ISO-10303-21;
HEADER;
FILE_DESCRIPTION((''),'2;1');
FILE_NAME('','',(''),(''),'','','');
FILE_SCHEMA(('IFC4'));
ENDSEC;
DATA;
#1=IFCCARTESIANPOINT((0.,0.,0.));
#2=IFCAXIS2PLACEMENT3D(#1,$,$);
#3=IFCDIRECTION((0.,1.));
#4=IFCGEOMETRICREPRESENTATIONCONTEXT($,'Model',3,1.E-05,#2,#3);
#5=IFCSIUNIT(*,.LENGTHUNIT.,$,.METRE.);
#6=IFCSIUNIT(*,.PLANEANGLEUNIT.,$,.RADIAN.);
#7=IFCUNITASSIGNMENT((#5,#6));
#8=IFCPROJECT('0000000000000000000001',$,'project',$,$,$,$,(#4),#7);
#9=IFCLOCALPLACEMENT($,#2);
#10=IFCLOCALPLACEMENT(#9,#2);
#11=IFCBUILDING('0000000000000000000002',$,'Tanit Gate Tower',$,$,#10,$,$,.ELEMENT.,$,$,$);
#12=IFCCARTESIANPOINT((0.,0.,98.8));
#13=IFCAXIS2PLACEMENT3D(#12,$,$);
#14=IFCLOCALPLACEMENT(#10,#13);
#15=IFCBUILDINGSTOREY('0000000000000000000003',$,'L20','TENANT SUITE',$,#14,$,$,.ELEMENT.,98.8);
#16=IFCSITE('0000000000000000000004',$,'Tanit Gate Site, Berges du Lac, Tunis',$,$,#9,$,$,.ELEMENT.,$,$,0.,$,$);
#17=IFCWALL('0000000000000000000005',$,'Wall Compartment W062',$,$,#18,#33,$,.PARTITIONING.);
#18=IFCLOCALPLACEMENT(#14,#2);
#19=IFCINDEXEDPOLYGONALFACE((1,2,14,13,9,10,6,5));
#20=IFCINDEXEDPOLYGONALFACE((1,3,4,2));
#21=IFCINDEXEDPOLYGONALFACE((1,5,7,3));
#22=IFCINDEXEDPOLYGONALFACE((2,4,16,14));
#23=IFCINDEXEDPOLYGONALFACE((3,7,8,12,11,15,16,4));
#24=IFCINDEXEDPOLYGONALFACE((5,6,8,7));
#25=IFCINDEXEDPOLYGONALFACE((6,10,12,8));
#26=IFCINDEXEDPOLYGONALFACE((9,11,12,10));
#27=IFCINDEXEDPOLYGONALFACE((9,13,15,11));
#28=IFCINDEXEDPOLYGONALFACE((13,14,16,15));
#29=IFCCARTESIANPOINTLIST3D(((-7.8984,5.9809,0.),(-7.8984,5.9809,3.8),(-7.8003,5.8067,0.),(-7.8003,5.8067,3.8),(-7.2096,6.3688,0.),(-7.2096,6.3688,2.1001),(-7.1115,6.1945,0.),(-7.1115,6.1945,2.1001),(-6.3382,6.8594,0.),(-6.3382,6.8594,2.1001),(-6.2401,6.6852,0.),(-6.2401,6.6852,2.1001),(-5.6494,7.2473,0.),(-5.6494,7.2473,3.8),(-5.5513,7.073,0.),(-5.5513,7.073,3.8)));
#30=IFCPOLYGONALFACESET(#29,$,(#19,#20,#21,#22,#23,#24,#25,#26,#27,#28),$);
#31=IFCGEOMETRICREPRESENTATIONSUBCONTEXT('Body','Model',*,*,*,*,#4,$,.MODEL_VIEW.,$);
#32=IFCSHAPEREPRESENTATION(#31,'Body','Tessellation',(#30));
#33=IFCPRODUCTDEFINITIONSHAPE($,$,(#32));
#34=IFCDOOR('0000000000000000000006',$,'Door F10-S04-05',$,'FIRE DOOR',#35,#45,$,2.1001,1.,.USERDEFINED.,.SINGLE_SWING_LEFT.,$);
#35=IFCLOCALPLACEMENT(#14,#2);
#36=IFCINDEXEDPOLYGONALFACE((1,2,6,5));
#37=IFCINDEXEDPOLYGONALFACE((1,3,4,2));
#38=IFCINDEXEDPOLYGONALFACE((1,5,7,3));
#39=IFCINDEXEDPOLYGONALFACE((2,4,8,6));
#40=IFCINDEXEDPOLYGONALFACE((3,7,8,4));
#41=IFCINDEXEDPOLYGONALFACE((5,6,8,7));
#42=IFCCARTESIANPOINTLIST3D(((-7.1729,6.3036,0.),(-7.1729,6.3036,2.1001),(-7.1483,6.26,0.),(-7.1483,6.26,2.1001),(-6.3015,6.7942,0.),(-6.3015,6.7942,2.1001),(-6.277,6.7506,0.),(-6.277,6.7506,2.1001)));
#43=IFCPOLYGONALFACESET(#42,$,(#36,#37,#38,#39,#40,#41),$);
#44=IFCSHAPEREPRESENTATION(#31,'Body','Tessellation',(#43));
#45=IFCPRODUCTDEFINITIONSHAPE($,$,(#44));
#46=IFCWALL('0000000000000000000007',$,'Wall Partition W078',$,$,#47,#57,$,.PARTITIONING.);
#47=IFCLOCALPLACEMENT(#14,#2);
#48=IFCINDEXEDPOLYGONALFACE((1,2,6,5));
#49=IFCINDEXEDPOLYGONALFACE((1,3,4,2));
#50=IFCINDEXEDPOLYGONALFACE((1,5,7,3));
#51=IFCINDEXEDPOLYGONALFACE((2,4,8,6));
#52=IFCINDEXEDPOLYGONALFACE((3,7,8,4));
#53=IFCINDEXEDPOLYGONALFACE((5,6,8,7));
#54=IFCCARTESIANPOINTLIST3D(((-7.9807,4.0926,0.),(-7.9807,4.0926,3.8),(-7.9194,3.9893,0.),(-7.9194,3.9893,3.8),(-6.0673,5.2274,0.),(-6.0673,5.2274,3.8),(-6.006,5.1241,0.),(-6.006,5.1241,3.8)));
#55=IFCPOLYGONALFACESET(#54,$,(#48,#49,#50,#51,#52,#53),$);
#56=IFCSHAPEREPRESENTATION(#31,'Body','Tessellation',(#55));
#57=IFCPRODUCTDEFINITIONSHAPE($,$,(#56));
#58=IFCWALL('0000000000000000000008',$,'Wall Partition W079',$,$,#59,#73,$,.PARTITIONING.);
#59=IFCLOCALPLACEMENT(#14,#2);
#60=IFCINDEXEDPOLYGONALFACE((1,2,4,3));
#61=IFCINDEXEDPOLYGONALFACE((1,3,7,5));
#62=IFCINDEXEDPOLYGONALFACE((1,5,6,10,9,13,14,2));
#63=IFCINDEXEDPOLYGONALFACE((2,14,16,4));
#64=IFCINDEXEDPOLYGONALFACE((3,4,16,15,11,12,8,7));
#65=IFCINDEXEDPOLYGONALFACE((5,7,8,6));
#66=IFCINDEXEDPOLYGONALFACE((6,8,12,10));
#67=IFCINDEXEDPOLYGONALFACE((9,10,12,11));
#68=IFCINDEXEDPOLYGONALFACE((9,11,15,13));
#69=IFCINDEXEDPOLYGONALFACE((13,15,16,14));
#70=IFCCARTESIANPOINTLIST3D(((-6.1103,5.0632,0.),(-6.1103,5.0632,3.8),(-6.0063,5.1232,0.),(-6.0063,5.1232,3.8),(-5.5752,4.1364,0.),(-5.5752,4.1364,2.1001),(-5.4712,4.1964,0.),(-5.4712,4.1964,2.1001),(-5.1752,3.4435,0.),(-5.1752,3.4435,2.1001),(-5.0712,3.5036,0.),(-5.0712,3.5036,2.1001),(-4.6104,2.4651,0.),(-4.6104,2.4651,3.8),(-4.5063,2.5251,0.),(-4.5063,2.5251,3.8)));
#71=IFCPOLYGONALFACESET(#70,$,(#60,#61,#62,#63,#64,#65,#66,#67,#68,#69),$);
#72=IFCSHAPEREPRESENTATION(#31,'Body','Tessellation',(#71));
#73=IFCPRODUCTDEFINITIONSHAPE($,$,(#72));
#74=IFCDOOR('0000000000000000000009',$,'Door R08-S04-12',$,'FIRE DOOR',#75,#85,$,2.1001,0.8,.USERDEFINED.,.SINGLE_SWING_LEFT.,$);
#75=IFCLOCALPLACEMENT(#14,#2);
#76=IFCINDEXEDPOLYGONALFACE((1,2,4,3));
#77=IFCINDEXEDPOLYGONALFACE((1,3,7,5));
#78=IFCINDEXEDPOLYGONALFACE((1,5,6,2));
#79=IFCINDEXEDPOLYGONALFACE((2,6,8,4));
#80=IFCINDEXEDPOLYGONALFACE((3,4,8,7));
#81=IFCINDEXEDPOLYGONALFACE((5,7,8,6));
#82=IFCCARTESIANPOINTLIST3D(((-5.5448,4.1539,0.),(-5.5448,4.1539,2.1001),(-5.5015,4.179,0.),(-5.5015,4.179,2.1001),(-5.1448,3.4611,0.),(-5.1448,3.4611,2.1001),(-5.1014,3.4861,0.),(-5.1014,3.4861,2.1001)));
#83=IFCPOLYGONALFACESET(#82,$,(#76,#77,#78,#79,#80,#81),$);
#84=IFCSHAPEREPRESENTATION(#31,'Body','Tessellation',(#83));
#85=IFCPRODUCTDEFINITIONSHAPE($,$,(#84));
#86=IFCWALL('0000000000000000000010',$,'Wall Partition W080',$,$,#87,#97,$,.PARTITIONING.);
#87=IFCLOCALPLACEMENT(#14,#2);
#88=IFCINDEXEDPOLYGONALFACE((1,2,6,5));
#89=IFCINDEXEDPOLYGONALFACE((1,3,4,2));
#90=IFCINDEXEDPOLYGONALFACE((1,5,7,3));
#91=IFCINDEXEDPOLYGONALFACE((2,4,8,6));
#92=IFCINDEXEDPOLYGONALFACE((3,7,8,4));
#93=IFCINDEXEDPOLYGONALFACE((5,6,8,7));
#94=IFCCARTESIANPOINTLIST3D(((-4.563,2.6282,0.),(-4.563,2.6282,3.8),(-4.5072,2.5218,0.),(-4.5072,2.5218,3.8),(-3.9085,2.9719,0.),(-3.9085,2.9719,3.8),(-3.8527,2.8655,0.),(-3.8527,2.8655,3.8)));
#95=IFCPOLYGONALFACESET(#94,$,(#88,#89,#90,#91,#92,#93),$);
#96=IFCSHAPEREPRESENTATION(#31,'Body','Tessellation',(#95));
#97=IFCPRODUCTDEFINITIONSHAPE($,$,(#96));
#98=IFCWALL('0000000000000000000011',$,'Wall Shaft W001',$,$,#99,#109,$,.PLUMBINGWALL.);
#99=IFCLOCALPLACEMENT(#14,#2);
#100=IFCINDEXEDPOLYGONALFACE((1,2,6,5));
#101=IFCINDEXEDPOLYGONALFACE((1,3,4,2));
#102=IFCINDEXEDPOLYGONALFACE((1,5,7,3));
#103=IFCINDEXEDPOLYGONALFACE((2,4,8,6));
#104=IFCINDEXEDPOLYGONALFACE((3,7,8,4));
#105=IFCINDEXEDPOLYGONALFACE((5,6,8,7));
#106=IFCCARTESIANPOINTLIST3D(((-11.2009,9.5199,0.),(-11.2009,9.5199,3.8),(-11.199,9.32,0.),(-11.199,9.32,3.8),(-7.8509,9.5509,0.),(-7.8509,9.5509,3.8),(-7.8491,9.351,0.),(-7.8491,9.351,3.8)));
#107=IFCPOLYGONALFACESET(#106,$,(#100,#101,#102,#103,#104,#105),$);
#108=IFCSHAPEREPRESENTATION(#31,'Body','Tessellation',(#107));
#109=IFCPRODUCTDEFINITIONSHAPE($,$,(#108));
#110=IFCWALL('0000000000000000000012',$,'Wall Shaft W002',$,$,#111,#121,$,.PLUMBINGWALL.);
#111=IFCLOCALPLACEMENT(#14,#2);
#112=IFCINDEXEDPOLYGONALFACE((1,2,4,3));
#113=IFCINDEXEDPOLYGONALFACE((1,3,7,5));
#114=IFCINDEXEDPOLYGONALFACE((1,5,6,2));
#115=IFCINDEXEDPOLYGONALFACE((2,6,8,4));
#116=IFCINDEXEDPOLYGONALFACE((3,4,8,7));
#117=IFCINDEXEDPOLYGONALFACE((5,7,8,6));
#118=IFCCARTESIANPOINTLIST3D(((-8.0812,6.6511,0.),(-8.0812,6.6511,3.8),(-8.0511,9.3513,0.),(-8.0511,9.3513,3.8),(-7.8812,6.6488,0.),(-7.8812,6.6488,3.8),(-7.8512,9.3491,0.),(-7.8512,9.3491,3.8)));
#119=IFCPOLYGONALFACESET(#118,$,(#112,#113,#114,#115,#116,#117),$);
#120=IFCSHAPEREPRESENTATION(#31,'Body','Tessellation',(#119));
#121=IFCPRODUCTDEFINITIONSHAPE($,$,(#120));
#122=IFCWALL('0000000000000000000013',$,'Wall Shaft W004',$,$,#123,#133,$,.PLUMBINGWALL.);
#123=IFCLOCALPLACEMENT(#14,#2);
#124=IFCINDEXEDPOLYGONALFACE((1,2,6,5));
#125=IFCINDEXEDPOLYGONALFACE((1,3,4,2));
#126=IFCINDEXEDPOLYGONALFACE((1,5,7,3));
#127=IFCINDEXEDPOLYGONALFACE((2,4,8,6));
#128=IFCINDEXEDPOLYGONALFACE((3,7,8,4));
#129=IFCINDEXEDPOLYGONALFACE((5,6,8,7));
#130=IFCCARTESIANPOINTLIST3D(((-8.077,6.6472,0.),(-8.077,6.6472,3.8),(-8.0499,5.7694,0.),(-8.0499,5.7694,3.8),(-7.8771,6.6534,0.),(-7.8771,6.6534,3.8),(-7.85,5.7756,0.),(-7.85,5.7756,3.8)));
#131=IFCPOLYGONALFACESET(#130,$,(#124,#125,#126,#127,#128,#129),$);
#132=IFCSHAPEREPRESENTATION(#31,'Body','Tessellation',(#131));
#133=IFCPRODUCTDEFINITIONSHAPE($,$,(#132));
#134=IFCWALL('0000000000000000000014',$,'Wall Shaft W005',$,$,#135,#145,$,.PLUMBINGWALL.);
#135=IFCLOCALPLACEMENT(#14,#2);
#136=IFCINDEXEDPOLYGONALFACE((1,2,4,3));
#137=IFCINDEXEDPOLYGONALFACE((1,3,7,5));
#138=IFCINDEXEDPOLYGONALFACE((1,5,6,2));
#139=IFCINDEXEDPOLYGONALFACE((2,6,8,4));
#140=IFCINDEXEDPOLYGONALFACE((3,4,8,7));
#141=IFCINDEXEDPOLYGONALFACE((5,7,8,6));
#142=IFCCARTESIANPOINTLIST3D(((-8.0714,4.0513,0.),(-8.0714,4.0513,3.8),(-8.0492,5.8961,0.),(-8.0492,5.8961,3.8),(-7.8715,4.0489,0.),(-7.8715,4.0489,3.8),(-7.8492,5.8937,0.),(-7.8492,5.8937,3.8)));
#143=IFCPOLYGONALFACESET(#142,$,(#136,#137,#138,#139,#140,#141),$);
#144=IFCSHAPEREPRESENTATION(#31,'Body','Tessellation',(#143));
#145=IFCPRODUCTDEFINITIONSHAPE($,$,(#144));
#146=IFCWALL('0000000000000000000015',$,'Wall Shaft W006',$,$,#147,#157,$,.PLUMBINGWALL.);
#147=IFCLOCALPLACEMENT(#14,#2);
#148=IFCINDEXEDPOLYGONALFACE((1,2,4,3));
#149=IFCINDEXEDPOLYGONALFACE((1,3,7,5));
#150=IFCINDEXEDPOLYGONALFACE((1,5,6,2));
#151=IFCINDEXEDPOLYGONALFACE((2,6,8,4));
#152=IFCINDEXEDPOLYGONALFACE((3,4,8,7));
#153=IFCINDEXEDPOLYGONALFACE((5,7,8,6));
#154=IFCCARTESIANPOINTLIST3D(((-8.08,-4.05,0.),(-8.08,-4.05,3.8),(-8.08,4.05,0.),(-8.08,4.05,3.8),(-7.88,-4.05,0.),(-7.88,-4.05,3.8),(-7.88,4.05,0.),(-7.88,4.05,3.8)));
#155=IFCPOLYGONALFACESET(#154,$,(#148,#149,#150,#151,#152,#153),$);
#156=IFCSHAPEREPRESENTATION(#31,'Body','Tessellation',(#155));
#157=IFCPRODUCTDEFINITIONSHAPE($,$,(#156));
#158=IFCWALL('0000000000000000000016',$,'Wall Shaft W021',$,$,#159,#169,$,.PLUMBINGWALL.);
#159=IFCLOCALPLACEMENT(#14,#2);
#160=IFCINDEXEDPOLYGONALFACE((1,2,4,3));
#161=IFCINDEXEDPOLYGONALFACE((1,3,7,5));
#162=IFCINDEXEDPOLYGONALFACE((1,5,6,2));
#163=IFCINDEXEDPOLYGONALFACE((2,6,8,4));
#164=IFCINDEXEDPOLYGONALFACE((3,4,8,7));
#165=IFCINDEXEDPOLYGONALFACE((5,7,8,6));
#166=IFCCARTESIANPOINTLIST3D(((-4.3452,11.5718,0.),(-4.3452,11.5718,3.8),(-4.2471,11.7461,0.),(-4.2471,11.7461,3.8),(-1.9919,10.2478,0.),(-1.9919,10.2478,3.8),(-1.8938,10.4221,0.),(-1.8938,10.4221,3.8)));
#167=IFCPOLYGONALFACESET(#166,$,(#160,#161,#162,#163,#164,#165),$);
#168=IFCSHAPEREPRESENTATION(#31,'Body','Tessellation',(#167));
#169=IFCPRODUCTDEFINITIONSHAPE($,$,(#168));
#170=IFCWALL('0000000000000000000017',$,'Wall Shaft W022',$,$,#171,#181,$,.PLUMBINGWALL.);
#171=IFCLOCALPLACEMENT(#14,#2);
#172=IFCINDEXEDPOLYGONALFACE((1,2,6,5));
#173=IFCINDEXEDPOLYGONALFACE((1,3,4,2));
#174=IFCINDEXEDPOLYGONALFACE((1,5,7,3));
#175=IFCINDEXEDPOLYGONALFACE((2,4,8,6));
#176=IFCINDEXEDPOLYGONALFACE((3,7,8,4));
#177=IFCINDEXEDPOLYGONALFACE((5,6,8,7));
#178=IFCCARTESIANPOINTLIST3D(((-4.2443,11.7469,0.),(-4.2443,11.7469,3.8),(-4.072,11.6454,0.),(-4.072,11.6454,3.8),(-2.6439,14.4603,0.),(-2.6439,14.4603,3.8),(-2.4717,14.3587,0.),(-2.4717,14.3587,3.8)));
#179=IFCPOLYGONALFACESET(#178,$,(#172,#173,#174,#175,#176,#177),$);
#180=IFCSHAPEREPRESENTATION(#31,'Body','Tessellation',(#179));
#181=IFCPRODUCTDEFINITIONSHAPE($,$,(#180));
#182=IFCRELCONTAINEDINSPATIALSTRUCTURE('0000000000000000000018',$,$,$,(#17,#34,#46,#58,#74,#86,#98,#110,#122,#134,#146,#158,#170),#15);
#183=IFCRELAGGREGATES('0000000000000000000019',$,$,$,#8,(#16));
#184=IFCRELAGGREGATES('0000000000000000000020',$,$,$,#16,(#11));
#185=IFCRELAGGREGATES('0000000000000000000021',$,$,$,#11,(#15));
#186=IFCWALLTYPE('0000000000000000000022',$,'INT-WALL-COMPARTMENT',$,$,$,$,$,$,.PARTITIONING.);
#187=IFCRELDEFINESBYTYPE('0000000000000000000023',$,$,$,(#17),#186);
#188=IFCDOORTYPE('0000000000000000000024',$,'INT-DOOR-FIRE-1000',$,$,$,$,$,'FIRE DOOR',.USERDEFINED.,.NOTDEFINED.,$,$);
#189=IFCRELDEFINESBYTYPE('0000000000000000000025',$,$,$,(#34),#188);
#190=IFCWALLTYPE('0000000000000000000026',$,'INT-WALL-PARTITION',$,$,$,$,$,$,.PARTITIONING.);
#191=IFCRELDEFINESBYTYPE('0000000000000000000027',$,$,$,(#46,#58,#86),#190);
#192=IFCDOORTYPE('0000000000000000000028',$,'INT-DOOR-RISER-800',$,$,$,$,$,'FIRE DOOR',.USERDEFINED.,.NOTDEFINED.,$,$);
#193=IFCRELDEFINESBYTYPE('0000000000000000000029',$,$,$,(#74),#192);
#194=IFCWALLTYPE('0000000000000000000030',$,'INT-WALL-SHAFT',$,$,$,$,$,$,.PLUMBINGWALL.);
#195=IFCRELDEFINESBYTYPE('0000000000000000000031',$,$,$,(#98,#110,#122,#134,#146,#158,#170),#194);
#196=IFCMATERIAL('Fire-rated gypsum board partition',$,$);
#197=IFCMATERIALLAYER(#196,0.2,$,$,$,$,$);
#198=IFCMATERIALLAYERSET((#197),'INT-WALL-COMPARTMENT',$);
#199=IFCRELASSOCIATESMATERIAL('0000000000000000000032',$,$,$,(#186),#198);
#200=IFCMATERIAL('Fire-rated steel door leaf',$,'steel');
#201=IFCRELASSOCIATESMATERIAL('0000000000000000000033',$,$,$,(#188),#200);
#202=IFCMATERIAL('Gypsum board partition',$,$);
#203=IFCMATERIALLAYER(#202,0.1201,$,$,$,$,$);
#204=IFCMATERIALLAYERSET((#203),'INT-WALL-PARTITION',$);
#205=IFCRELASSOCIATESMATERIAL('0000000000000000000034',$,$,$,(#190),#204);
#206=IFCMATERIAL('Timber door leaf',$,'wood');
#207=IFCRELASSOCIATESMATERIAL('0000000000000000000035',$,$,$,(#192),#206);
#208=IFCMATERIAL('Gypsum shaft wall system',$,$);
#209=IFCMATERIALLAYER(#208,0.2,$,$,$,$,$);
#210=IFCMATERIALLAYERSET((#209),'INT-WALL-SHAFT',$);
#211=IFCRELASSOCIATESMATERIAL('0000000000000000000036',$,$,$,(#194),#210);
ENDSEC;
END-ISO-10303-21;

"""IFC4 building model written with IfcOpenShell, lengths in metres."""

from ifc_helpers import new_model, si_unit, direction, frame, frame_2d, origin, place, context, subcontext, project, spatial, rectangle, extrude, material, layer, layer_set, type_object, element, fill, save


model = new_model("IFC4")

# Units and contexts
model_context = context("Model", 3, precision=1e-05, world=origin(), true_north=direction((0.0, 1.0)))
body_context = subcontext(model_context, "Body", "Model", "MODEL_VIEW")
ifc_project = project(units=[si_unit("LENGTHUNIT", "METRE"), si_unit("PLANEANGLEUNIT", "RADIAN")], contexts=[model_context])

# Site, building, storey
site_placement = place(None, origin())
site = spatial("IfcSite", under=ifc_project, at=site_placement, Name="Tanit Gate Site, Berges du Lac, Tunis", CompositionType="ELEMENT", RefElevation=0.0)
building_placement = place(site_placement, origin())
building = spatial("IfcBuilding", under=site, at=building_placement, Name="Tanit Gate Tower", CompositionType="ELEMENT")
storey_placement = place(building_placement, frame((0.0, 0.0, 98.8)))
storey = spatial("IfcBuildingStorey", under=building, at=storey_placement, Name="L20", Description="TENANT SUITE", CompositionType="ELEMENT", Elevation=98.8)

# Wall, opening, door
ifc_material_1 = material(Name="Fire-rated gypsum board partition")
ifc_layer_1 = layer(ifc_material_1, 0.2)
ifc_layer_set_1 = layer_set([ifc_layer_1], Name="INT-WALL-COMPARTMENT")
wall_type_1 = type_object("IfcWallType", Name="INT-WALL-COMPARTMENT", PredefinedType="PARTITIONING", material=ifc_layer_set_1)
wall_1_placement = place(storey_placement, frame((-5.6003, 7.1602, 0.0), z_axis=(0.0, 0.0, 1.0), x_axis=(-0.871363, -0.490638, 0.0)))
wall_1 = element("IfcWall", 1, at=wall_1_placement, inside=storey, type_object=wall_type_1, Name="Wall Compartment W062", PredefinedType="PARTITIONING", context=body_context, shape_type="SweptSolid", body=[
    extrude(rectangle(XDim=2.5811, YDim=0.2, at=frame_2d((1.2905, 0.0))), origin(), (0.0, 0.0, 1.0), 3.8),
])
opening_1_placement = place(wall_1_placement, frame((0.7905, 0.0, 0.0)))
opening_1 = element("IfcOpeningElement", 2, at=opening_1_placement, cuts=wall_1, PredefinedType="OPENING", context=body_context, shape_type="SweptSolid", body=[
    extrude(rectangle(XDim=1.0, YDim=2.1001, at=frame_2d((0.5, 1.05))), frame((0.0, 0.1099, 0.0), z_axis=(0.0, -1.0, 0.0), x_axis=(1.0, 0.0, 0.0)), (0.0, 0.0, 1.0), 0.22),
])
ifc_material_2 = material(Name="Fire-rated steel door leaf", Category="steel")
door_type_1 = type_object("IfcDoorType", Name="INT-DOOR-FIRE-1000", ElementType="FIRE DOOR", OperationType="NOTDEFINED", PredefinedType="USERDEFINED", material=ifc_material_2)
door_1_placement = place(opening_1_placement, origin())
door_1 = element("IfcDoor", 3, at=door_1_placement, inside=storey, type_object=door_type_1, Name="Door F10-S04-05", ObjectType="FIRE DOOR", OperationType="SINGLE_SWING_LEFT", OverallHeight=2.1001, OverallWidth=1.0, PredefinedType="USERDEFINED", context=body_context, shape_type="SweptSolid", body=[
    extrude(rectangle(XDim=1.0, YDim=2.1001, at=frame_2d((0.5, 1.05))), frame((0.0, 0.0249, 0.0), z_axis=(0.0, -1.0, 0.0), x_axis=(1.0, 0.0, 0.0)), (0.0, 0.0, 1.0), 0.05),
])
fill(opening_1, door_1)

# Wall
ifc_material_3 = material(Name="Gypsum board partition")
ifc_layer_2 = layer(ifc_material_3, 0.1201)
ifc_layer_set_2 = layer_set([ifc_layer_2], Name="INT-WALL-PARTITION")
wall_type_2 = type_object("IfcWallType", Name="INT-WALL-PARTITION", PredefinedType="PARTITIONING", material=ifc_layer_set_2)
wall_2_placement = place(storey_placement, frame((-6.0366, 5.1758, 0.0), z_axis=(0.0, 0.0, 1.0), x_axis=(-0.860106, -0.510115, 0.0)))
element("IfcWall", 4, at=wall_2_placement, inside=storey, type_object=wall_type_2, Name="Wall Partition W078", PredefinedType="PARTITIONING", context=body_context, shape_type="SweptSolid", body=[
    extrude(rectangle(XDim=2.2246, YDim=0.1201, at=frame_2d((1.1123, 0.0))), origin(), (0.0, 0.0, 1.0), 3.8),
])

# Wall, opening, door
wall_3_placement = place(storey_placement, frame((-4.5583, 2.4951, 0.0), z_axis=(0.0, 0.0, 1.0), x_axis=(-0.49999, 0.866031, 0.0)))
wall_3 = element("IfcWall", 5, at=wall_3_placement, inside=storey, type_object=wall_type_2, Name="Wall Partition W079", PredefinedType="PARTITIONING", context=body_context, shape_type="SweptSolid", body=[
    extrude(rectangle(XDim=3.0, YDim=0.1201, at=frame_2d((1.5, 0.0))), origin(), (0.0, 0.0, 1.0), 3.8),
])
opening_2_placement = place(wall_3_placement, frame((1.1299, 0.0, 0.0)))
opening_2 = element("IfcOpeningElement", 6, at=opening_2_placement, cuts=wall_3, PredefinedType="OPENING", context=body_context, shape_type="SweptSolid", body=[
    extrude(rectangle(XDim=0.8, YDim=2.1001, at=frame_2d((0.3999, 1.05))), frame((0.0, 0.0701, 0.0), z_axis=(0.0, -1.0, 0.0), x_axis=(1.0, 0.0, 0.0)), (0.0, 0.0, 1.0), 0.1401),
])
ifc_material_4 = material(Name="Timber door leaf", Category="wood")
door_type_2 = type_object("IfcDoorType", Name="INT-DOOR-RISER-800", ElementType="FIRE DOOR", OperationType="NOTDEFINED", PredefinedType="USERDEFINED", material=ifc_material_4)
door_2_placement = place(opening_2_placement, origin())
door_2 = element("IfcDoor", 7, at=door_2_placement, inside=storey, type_object=door_type_2, Name="Door R08-S04-12", ObjectType="FIRE DOOR", OperationType="SINGLE_SWING_LEFT", OverallHeight=2.1001, OverallWidth=0.8, PredefinedType="USERDEFINED", context=body_context, shape_type="SweptSolid", body=[
    extrude(rectangle(XDim=0.8, YDim=2.1001, at=frame_2d((0.3999, 1.05))), frame((0.0, 0.0249, 0.0), z_axis=(0.0, -1.0, 0.0), x_axis=(1.0, 0.0, 0.0)), (0.0, 0.0, 1.0), 0.05),
])
fill(opening_2, door_2)

# Walls
wall_4_placement = place(storey_placement, frame((-3.8806, 2.9187, 0.0), z_axis=(0.0, 0.0, 1.0), x_axis=(-0.885333, -0.464957, 0.0)))
element("IfcWall", 8, at=wall_4_placement, inside=storey, type_object=wall_type_2, Name="Wall Partition W080", PredefinedType="PARTITIONING", context=body_context, shape_type="SweptSolid", body=[
    extrude(rectangle(XDim=0.7393, YDim=0.1201, at=frame_2d((0.3696, 0.0))), origin(), (0.0, 0.0, 1.0), 3.8),
])
ifc_material_5 = material(Name="Gypsum shaft wall system")
ifc_layer_3 = layer(ifc_material_5, 0.2)
ifc_layer_set_3 = layer_set([ifc_layer_3], Name="INT-WALL-SHAFT")
wall_type_3 = type_object("IfcWallType", Name="INT-WALL-SHAFT", PredefinedType="PLUMBINGWALL", material=ifc_layer_set_3)
wall_5_placement = place(storey_placement, frame((-11.2, 9.4199, 0.0), z_axis=(0.0, 0.0, 1.0), x_axis=(0.999957, 0.009255, 0.0)))
element("IfcWall", 9, at=wall_5_placement, inside=storey, type_object=wall_type_3, Name="Wall Shaft W001", PredefinedType="PLUMBINGWALL", context=body_context, shape_type="SweptSolid", body=[
    extrude(rectangle(XDim=3.3501, YDim=0.2, at=frame_2d((1.675, 0.0))), origin(), (0.0, 0.0, 1.0), 3.8),
])
wall_6_placement = place(storey_placement, frame((-7.9512, 9.3501, 0.0), z_axis=(0.0, 0.0, 1.0), x_axis=(-0.01112, -0.999938, 0.0)))
element("IfcWall", 10, at=wall_6_placement, inside=storey, type_object=wall_type_3, Name="Wall Shaft W002", PredefinedType="PLUMBINGWALL", context=body_context, shape_type="SweptSolid", body=[
    extrude(rectangle(XDim=2.7004, YDim=0.2, at=frame_2d((1.3501, 0.0))), origin(), (0.0, 0.0, 1.0), 3.8),
])
wall_7_placement = place(storey_placement, frame((-7.9771, 6.6501, 0.0), z_axis=(0.0, 0.0, 1.0), x_axis=(0.030862, -0.999524, 0.0)))
element("IfcWall", 11, at=wall_7_placement, inside=storey, type_object=wall_type_3, Name="Wall Shaft W004", PredefinedType="PLUMBINGWALL", context=body_context, shape_type="SweptSolid", body=[
    extrude(rectangle(XDim=0.8782, YDim=0.2, at=frame_2d((0.439, 0.0))), origin(), (0.0, 0.0, 1.0), 3.8),
])
wall_8_placement = place(storey_placement, frame((-7.9492, 5.8948, 0.0), z_axis=(0.0, 0.0, 1.0), x_axis=(-0.012043, -0.999927, 0.0)))
element("IfcWall", 12, at=wall_8_placement, inside=storey, type_object=wall_type_3, Name="Wall Shaft W005", PredefinedType="PLUMBINGWALL", context=body_context, shape_type="SweptSolid", body=[
    extrude(rectangle(XDim=1.845, YDim=0.2, at=frame_2d((0.9224, 0.0))), origin(), (0.0, 0.0, 1.0), 3.8),
])
wall_9_placement = place(storey_placement, frame((-7.98, 4.05, 0.0), z_axis=(0.0, 0.0, 1.0), x_axis=(0.0, -1.0, 0.0)))
element("IfcWall", 13, at=wall_9_placement, inside=storey, type_object=wall_type_3, Name="Wall Shaft W006", PredefinedType="PLUMBINGWALL", context=body_context, shape_type="SweptSolid", body=[
    extrude(rectangle(XDim=8.1001, YDim=0.2, at=frame_2d((4.05, 0.0))), origin(), (0.0, 0.0, 1.0), 3.8),
])
wall_10_placement = place(storey_placement, frame((-4.2961, 11.6589, 0.0), z_axis=(0.0, 0.0, 1.0), x_axis=(0.871534, -0.490334, 0.0)))
element("IfcWall", 14, at=wall_10_placement, inside=storey, type_object=wall_type_3, Name="Wall Shaft W021", PredefinedType="PLUMBINGWALL", context=body_context, shape_type="SweptSolid", body=[
    extrude(rectangle(XDim=2.7002, YDim=0.2, at=frame_2d((1.3501, 0.0))), origin(), (0.0, 0.0, 1.0), 3.8),
])
wall_11_placement = place(storey_placement, frame((-4.1582, 11.696, 0.0), z_axis=(0.0, 0.0, 1.0), x_axis=(0.508019, 0.861346, 0.0)))
element("IfcWall", 15, at=wall_11_placement, inside=storey, type_object=wall_type_3, Name="Wall Shaft W022", PredefinedType="PLUMBINGWALL", context=body_context, shape_type="SweptSolid", body=[
    extrude(rectangle(XDim=3.1501, YDim=0.2, at=frame_2d((1.5752, 0.0))), origin(), (0.0, 0.0, 1.0), 3.8),
])

save(model, "model.ifc")
